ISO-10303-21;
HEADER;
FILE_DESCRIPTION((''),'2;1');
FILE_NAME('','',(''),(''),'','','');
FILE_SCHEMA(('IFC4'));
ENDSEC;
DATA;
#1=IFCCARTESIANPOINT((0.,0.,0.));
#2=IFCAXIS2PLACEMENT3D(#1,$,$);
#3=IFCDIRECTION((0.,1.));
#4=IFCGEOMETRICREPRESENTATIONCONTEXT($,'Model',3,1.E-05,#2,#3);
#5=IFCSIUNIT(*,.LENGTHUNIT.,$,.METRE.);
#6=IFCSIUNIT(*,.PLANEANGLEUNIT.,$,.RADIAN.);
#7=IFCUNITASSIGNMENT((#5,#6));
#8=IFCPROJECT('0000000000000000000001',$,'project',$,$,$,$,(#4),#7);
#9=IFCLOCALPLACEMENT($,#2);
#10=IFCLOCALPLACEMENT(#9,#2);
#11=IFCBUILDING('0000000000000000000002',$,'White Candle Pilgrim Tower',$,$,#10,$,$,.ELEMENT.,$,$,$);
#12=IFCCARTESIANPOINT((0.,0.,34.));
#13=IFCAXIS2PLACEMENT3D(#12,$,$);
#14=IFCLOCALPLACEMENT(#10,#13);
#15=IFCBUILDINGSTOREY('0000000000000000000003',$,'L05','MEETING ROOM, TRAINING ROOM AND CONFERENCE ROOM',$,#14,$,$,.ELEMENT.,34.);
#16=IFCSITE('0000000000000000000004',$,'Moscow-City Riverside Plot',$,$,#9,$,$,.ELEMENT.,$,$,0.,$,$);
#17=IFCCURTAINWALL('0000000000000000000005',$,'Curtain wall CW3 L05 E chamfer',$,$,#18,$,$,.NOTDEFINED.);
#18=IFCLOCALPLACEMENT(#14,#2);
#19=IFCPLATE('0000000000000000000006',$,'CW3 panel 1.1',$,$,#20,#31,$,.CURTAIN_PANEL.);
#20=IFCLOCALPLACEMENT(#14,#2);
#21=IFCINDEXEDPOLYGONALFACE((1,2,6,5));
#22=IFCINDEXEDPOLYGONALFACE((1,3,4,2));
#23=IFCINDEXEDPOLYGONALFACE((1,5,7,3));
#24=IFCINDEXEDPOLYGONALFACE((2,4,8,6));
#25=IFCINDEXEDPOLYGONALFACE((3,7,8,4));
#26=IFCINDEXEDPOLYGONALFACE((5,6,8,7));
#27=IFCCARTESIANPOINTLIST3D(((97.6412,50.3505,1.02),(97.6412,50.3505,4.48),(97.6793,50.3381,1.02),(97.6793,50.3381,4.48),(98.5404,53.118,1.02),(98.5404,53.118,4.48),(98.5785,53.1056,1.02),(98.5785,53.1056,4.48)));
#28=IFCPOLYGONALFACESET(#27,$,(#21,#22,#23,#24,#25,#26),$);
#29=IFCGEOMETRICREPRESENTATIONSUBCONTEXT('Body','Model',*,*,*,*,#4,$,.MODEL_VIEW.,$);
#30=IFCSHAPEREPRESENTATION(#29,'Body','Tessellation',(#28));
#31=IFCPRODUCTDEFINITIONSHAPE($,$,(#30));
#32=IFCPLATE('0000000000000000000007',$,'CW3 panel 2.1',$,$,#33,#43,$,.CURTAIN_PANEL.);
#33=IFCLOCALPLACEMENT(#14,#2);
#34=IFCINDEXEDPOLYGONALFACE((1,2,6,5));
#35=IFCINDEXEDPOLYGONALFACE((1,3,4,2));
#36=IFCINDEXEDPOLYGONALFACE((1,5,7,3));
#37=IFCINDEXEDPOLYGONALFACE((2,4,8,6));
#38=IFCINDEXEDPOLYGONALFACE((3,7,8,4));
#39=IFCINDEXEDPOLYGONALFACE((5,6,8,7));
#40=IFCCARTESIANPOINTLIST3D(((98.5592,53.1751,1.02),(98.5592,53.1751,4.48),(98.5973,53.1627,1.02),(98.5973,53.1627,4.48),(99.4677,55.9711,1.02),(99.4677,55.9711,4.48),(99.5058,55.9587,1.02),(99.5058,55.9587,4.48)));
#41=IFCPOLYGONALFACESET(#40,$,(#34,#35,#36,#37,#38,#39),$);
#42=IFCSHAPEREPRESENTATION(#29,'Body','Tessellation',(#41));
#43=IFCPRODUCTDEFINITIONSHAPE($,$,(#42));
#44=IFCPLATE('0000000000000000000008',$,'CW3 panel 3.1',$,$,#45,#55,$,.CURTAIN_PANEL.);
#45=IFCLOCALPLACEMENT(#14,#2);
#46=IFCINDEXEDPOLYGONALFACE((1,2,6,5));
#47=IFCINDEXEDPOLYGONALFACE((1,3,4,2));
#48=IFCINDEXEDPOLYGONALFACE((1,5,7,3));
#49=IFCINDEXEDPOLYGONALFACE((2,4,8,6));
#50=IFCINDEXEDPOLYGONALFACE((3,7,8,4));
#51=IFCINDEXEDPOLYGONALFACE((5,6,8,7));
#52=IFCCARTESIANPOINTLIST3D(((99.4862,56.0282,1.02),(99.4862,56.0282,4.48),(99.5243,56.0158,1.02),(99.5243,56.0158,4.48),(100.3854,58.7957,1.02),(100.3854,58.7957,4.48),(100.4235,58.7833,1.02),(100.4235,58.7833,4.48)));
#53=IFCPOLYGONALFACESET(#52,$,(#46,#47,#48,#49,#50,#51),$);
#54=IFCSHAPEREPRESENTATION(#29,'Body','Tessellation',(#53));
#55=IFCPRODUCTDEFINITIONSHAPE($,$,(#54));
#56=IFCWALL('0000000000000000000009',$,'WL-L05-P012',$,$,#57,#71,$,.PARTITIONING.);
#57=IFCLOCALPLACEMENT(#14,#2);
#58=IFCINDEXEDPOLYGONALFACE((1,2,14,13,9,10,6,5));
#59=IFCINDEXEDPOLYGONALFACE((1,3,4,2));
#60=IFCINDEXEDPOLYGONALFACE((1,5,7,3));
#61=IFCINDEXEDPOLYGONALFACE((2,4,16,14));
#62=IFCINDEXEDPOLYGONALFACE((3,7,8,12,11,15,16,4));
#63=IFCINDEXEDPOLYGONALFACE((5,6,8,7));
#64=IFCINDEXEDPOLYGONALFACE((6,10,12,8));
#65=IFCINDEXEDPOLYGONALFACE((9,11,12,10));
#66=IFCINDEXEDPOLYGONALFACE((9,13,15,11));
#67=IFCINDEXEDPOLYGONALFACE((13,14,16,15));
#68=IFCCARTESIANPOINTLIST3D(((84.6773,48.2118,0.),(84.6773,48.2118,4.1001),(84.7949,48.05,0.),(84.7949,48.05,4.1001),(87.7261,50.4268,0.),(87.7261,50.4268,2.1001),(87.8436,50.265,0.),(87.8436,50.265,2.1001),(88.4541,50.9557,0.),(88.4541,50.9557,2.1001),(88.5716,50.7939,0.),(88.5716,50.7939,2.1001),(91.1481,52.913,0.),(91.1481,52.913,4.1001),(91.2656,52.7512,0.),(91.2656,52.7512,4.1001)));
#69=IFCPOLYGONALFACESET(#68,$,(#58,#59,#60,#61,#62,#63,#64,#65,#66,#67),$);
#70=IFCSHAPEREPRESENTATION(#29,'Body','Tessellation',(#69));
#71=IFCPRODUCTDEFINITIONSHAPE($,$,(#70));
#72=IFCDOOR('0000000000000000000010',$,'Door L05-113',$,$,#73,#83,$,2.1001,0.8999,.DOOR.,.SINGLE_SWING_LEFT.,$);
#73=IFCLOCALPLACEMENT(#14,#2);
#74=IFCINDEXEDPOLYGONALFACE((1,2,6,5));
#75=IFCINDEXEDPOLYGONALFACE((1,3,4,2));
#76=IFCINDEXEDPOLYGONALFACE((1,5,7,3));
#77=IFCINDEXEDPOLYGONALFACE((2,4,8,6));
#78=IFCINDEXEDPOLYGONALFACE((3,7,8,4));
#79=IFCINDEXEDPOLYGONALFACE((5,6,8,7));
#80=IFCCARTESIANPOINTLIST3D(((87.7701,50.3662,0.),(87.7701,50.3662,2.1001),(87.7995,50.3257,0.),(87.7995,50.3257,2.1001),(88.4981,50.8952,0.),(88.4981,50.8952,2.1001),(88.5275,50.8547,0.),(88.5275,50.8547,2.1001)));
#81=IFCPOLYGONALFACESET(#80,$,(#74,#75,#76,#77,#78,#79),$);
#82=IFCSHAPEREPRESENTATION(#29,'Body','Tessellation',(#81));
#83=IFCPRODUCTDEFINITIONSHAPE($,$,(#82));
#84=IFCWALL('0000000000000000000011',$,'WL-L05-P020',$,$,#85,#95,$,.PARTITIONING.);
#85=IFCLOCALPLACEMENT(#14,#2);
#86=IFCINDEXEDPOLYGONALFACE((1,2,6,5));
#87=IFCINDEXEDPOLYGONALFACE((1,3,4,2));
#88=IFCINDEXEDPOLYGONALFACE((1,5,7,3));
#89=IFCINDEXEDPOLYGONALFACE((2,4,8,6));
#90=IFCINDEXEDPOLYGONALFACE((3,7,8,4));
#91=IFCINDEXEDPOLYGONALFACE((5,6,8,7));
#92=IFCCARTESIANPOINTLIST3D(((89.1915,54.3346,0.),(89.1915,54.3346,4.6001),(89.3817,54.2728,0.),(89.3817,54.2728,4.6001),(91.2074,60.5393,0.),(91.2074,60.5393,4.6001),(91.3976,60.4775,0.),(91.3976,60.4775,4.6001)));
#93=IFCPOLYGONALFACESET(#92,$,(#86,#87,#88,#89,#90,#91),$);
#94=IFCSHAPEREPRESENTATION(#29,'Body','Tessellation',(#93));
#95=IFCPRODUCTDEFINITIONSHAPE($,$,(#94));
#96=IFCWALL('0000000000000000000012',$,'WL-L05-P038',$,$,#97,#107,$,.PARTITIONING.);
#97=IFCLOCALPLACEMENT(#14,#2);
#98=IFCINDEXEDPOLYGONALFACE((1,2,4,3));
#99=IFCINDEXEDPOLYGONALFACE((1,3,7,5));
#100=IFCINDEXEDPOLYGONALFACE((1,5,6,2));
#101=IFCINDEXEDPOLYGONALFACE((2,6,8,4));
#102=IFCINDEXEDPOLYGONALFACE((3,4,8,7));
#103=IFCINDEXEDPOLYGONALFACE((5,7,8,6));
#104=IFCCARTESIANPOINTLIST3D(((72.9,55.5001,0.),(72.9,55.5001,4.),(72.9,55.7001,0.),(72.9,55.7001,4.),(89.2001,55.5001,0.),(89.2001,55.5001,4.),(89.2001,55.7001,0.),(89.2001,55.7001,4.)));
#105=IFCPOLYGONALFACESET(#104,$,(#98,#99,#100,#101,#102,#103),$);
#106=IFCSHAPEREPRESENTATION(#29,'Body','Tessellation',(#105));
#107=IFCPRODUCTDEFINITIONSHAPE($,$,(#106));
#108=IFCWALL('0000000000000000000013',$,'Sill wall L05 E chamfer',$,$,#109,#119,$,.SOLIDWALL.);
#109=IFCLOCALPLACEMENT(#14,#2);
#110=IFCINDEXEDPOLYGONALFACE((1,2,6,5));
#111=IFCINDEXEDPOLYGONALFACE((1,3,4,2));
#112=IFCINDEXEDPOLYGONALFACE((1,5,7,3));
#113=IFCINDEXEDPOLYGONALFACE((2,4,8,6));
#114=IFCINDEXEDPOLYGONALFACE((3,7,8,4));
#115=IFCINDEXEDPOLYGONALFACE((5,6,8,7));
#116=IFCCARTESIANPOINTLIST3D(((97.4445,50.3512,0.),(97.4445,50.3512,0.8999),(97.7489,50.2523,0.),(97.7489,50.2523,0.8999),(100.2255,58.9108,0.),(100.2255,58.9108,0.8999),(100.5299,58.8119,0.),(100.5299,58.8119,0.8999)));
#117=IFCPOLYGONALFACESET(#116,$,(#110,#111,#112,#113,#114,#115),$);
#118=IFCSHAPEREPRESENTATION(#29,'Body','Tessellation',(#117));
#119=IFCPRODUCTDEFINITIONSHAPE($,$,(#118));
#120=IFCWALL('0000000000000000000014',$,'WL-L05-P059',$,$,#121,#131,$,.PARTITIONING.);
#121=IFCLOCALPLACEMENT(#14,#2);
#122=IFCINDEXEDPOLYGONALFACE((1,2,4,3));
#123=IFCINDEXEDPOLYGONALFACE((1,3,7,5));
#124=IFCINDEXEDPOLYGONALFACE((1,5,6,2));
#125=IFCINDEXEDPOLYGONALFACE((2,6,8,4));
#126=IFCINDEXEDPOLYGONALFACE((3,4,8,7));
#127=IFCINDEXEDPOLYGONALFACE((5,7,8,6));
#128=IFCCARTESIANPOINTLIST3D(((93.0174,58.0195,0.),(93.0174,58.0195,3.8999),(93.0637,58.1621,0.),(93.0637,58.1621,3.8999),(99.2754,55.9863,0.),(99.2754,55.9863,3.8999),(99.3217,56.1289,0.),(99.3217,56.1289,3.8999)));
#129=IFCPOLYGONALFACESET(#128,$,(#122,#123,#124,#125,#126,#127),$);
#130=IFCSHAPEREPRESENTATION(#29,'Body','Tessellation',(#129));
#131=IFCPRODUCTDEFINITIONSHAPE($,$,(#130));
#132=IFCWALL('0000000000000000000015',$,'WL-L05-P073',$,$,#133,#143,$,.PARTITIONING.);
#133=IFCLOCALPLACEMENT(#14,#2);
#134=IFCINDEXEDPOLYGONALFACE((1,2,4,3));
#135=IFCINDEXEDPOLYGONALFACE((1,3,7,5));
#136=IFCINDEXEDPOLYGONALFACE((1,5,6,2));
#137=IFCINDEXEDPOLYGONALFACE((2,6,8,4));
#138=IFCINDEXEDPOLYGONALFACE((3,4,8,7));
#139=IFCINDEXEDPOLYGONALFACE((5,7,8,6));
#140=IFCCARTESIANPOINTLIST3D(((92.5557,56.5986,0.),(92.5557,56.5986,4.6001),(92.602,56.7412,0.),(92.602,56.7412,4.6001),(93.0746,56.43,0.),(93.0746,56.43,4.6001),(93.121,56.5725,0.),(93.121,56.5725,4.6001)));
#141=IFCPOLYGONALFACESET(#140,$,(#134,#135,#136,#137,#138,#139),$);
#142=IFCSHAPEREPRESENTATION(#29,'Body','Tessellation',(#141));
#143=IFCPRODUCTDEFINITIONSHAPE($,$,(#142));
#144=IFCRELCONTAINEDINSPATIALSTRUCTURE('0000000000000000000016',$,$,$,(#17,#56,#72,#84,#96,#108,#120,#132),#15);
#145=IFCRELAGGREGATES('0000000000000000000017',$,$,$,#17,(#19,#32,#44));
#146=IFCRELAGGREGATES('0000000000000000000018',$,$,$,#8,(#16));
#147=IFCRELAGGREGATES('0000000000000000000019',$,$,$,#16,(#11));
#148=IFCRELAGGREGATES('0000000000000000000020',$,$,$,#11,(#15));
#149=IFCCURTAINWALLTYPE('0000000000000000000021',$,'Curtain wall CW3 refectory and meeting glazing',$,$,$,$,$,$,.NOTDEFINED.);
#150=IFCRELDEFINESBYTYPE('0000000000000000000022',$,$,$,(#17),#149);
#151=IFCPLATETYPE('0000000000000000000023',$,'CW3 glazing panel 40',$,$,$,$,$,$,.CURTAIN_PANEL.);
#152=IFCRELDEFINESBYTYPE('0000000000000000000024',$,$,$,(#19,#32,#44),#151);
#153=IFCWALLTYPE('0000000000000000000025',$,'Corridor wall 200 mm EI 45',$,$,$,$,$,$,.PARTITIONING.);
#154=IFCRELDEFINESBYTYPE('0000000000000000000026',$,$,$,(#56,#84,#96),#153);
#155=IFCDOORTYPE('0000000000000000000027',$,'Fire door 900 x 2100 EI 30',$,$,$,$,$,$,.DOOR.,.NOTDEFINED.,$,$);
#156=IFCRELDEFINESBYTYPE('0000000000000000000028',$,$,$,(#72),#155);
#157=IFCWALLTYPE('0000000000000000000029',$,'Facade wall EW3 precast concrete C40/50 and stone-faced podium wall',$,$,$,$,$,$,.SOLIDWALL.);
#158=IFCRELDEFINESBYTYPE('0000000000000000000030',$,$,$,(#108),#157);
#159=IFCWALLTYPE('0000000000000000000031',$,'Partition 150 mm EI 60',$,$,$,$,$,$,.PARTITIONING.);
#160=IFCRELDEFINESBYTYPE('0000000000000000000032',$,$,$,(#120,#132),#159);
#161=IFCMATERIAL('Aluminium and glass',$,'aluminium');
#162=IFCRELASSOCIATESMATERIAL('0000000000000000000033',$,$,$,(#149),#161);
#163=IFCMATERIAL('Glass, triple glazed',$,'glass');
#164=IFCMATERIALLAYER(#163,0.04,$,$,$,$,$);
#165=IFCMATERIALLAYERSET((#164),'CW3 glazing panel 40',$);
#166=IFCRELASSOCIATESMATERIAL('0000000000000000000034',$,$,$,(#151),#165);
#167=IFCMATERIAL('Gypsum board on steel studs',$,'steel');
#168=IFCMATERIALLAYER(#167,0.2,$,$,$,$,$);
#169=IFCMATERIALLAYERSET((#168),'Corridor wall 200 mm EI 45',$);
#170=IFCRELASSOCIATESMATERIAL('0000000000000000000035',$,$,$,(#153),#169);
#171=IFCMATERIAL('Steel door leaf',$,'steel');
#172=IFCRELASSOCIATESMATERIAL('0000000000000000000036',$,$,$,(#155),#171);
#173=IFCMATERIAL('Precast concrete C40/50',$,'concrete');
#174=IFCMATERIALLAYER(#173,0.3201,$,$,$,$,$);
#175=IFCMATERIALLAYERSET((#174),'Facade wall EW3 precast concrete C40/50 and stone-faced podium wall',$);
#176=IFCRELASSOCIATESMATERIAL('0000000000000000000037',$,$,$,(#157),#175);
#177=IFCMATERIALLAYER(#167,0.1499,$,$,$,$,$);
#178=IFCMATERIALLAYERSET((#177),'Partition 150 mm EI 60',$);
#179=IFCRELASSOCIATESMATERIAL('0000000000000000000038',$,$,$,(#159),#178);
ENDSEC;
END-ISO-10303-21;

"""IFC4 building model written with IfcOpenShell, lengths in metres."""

from ifc_helpers import new_model, si_unit, direction, frame, frame_2d, origin, origin_2d, place, context, subcontext, project, spatial, rectangle, extrude, material, layer, layer_set, type_object, element, fill, aggregate, save


model = new_model("IFC4")

# Units and contexts
model_context = context("Model", 3, precision=1e-05, world=origin(), true_north=direction((0.0, 1.0)))
body_context = subcontext(model_context, "Body", "Model", "MODEL_VIEW")
ifc_project = project(units=[si_unit("LENGTHUNIT", "METRE"), si_unit("PLANEANGLEUNIT", "RADIAN")], contexts=[model_context])

# Site, building, storey
site_placement = place(None, origin())
site = spatial("IfcSite", under=ifc_project, at=site_placement, Name="Moscow-City Riverside Plot", CompositionType="ELEMENT", RefElevation=0.0)
building_placement = place(site_placement, origin())
building = spatial("IfcBuilding", under=site, at=building_placement, Name="White Candle Pilgrim Tower", CompositionType="ELEMENT")
storey_placement = place(building_placement, frame((0.0, 0.0, 34.0)))
storey = spatial("IfcBuildingStorey", under=building, at=storey_placement, Name="L05", Description="MEETING ROOM, TRAINING ROOM AND CONFERENCE ROOM", CompositionType="ELEMENT", Elevation=34.0)

# Curtain wall
ifc_material_1 = material(Name="Aluminium and glass", Category="aluminium")
curtain_wall_type = type_object("IfcCurtainWallType", Name="Curtain wall CW3 refectory and meeting glazing", PredefinedType="NOTDEFINED", material=ifc_material_1)
curtain_wall_placement = place(storey_placement, origin())
curtain_wall = element("IfcCurtainWall", 1, at=curtain_wall_placement, inside=storey, type_object=curtain_wall_type, Name="Curtain wall CW3 L05 E chamfer", PredefinedType="NOTDEFINED")

# Plates
ifc_material_2 = material(Name="Glass, triple glazed", Category="glass")
ifc_layer_1 = layer(ifc_material_2, 0.04)
ifc_layer_set_1 = layer_set([ifc_layer_1], Name="CW3 glazing panel 40")
plate_type = type_object("IfcPlateType", Name="CW3 glazing panel 40", PredefinedType="CURTAIN_PANEL", material=ifc_layer_set_1)
plate_1_placement = place(storey_placement, frame((98.1099, 51.728, 1.02), z_axis=(0.0, 0.0, 1.0), x_axis=(0.309017, 0.951057, 0.0)))
plate_1 = element("IfcPlate", 2, at=plate_1_placement, type_object=plate_type, Name="CW3 panel 1.1", PredefinedType="CURTAIN_PANEL", context=body_context, shape_type="SweptSolid", body=[
    extrude(rectangle(XDim=2.9099, YDim=0.04, at=origin_2d()), origin(), (0.0, 0.0, 1.0), 3.46),
])
plate_2_placement = place(storey_placement, frame((99.0325, 54.5669, 1.02), z_axis=(0.0, 0.0, 1.0), x_axis=(0.309017, 0.951057, 0.0)))
plate_2 = element("IfcPlate", 3, at=plate_2_placement, type_object=plate_type, Name="CW3 panel 2.1", PredefinedType="CURTAIN_PANEL", context=body_context, shape_type="SweptSolid", body=[
    extrude(rectangle(XDim=2.9399, YDim=0.04, at=origin_2d()), origin(), (0.0, 0.0, 1.0), 3.46),
])
plate_3_placement = place(storey_placement, frame((99.9548, 57.4058, 1.02), z_axis=(0.0, 0.0, 1.0), x_axis=(0.309017, 0.951057, 0.0)))
plate_3 = element("IfcPlate", 4, at=plate_3_placement, type_object=plate_type, Name="CW3 panel 3.1", PredefinedType="CURTAIN_PANEL", context=body_context, shape_type="SweptSolid", body=[
    extrude(rectangle(XDim=2.9099, YDim=0.04, at=origin_2d()), origin(), (0.0, 0.0, 1.0), 3.46),
])
aggregate(curtain_wall, [plate_1, plate_2, plate_3])

# Wall, opening, door
ifc_material_3 = material(Name="Gypsum board on steel studs", Category="steel")
ifc_layer_2 = layer(ifc_material_3, 0.2)
ifc_layer_set_2 = layer_set([ifc_layer_2], Name="Corridor wall 200 mm EI 45")
wall_type_1 = type_object("IfcWallType", Name="Corridor wall 200 mm EI 45", PredefinedType="PARTITIONING", material=ifc_layer_set_2)
wall_1_placement = place(storey_placement, frame((91.2068, 52.832, 0.0), z_axis=(0.0, 0.0, 1.0), x_axis=(-0.809021, -0.58778, 0.0)))
wall_1 = element("IfcWall", 5, at=wall_1_placement, inside=storey, type_object=wall_type_1, Name="WL-L05-P012", PredefinedType="PARTITIONING", context=body_context, shape_type="SweptSolid", body=[
    extrude(rectangle(XDim=7.9983, YDim=0.2, at=frame_2d((3.999, 0.0))), origin(), (0.0, 0.0, 1.0), 4.1001),
])
opening_placement = place(wall_1_placement, frame((3.3298, 0.0, 0.0)))
opening = element("IfcOpeningElement", 6, at=opening_placement, cuts=wall_1, PredefinedType="OPENING", context=body_context, shape_type="SweptSolid", body=[
    extrude(rectangle(XDim=0.8999, YDim=2.1001, at=frame_2d((0.45, 1.05))), frame((0.0, 0.1099, 0.0), z_axis=(0.0, -1.0, 0.0), x_axis=(1.0, 0.0, 0.0)), (0.0, 0.0, 1.0), 0.22),
])
ifc_material_4 = material(Name="Steel door leaf", Category="steel")
door_type = type_object("IfcDoorType", Name="Fire door 900 x 2100 EI 30", OperationType="NOTDEFINED", PredefinedType="DOOR", material=ifc_material_4)
door_placement = place(opening_placement, origin())
door = element("IfcDoor", 7, at=door_placement, inside=storey, type_object=door_type, Name="Door L05-113", OperationType="SINGLE_SWING_LEFT", OverallHeight=2.1001, OverallWidth=0.8999, PredefinedType="DOOR", context=body_context, shape_type="SweptSolid", body=[
    extrude(rectangle(XDim=0.8999, YDim=2.1001, at=frame_2d((0.45, 1.05))), frame((0.0, 0.0249, 0.0), z_axis=(0.0, -1.0, 0.0), x_axis=(1.0, 0.0, 0.0)), (0.0, 0.0, 1.0), 0.05),
])
fill(opening, door)

# Walls
wall_2_placement = place(storey_placement, frame((89.2866, 54.3037, 0.0), z_axis=(0.0, 0.0, 1.0), x_axis=(0.309, 0.951062, 0.0)))
element("IfcWall", 8, at=wall_2_placement, inside=storey, type_object=wall_type_1, Name="WL-L05-P020", PredefinedType="PARTITIONING", context=body_context, shape_type="SweptSolid", body=[
    extrude(rectangle(XDim=6.5239, YDim=0.2, at=frame_2d((3.262, 0.0))), origin(), (0.0, 0.0, 1.0), 4.6001),
])
wall_3_placement = place(storey_placement, frame((89.2, 55.6001, 0.0), z_axis=(0.0, 0.0, 1.0), x_axis=(-1.0, 0.0, 0.0)))
element("IfcWall", 9, at=wall_3_placement, inside=storey, type_object=wall_type_1, Name="WL-L05-P038", PredefinedType="PARTITIONING", context=body_context, shape_type="SweptSolid", body=[
    extrude(rectangle(XDim=16.3, YDim=0.2, at=frame_2d((8.1499, 0.0))), origin(), (0.0, 0.0, 1.0), 4.0),
])
ifc_material_5 = material(Name="Precast concrete C40/50", Category="concrete")
ifc_layer_3 = layer(ifc_material_5, 0.3201)
ifc_layer_set_3 = layer_set([ifc_layer_3], Name="Facade wall EW3 precast concrete C40/50 and stone-faced podium wall")
wall_type_2 = type_object("IfcWallType", Name="Facade wall EW3 precast concrete C40/50 and stone-faced podium wall", PredefinedType="SOLIDWALL", material=ifc_layer_set_3)
wall_4_placement = place(storey_placement, frame((97.5967, 50.3018, 0.0), z_axis=(0.0, 0.0, 1.0), x_axis=(0.309, 0.951062, 0.0)))
element("IfcWall", 10, at=wall_4_placement, inside=storey, type_object=wall_type_2, Name="Sill wall L05 E chamfer", PredefinedType="SOLIDWALL", context=body_context, shape_type="SweptSolid", body=[
    extrude(rectangle(XDim=9.0, YDim=0.3201, at=frame_2d((4.5, 0.0))), origin(), (0.0, 0.0, 1.0), 0.8999),
])
ifc_layer_4 = layer(ifc_material_3, 0.1499)
ifc_layer_set_4 = layer_set([ifc_layer_4], Name="Partition 150 mm EI 60")
wall_type_3 = type_object("IfcWallType", Name="Partition 150 mm EI 60", PredefinedType="PARTITIONING", material=ifc_layer_set_4)
wall_5_placement = place(storey_placement, frame((99.2986, 56.0576, 0.0), z_axis=(0.0, 0.0, 1.0), x_axis=(-0.951064, 0.308995, 0.0)))
element("IfcWall", 11, at=wall_5_placement, inside=storey, type_object=wall_type_3, Name="WL-L05-P059", PredefinedType="PARTITIONING", context=body_context, shape_type="SweptSolid", body=[
    extrude(rectangle(XDim=6.5801, YDim=0.1499, at=frame_2d((3.29, 0.0))), origin(), (0.0, 0.0, 1.0), 3.8999),
])
wall_6_placement = place(storey_placement, frame((93.0979, 56.5012, 0.0), z_axis=(0.0, 0.0, 1.0), x_axis=(-0.951027, 0.309106, 0.0)))
element("IfcWall", 12, at=wall_6_placement, inside=storey, type_object=wall_type_3, Name="WL-L05-P073", PredefinedType="PARTITIONING", context=body_context, shape_type="SweptSolid", body=[
    extrude(rectangle(XDim=0.5457, YDim=0.1499, at=frame_2d((0.2729, 0.0))), origin(), (0.0, 0.0, 1.0), 4.6001),
])

save(model, "model.ifc")
